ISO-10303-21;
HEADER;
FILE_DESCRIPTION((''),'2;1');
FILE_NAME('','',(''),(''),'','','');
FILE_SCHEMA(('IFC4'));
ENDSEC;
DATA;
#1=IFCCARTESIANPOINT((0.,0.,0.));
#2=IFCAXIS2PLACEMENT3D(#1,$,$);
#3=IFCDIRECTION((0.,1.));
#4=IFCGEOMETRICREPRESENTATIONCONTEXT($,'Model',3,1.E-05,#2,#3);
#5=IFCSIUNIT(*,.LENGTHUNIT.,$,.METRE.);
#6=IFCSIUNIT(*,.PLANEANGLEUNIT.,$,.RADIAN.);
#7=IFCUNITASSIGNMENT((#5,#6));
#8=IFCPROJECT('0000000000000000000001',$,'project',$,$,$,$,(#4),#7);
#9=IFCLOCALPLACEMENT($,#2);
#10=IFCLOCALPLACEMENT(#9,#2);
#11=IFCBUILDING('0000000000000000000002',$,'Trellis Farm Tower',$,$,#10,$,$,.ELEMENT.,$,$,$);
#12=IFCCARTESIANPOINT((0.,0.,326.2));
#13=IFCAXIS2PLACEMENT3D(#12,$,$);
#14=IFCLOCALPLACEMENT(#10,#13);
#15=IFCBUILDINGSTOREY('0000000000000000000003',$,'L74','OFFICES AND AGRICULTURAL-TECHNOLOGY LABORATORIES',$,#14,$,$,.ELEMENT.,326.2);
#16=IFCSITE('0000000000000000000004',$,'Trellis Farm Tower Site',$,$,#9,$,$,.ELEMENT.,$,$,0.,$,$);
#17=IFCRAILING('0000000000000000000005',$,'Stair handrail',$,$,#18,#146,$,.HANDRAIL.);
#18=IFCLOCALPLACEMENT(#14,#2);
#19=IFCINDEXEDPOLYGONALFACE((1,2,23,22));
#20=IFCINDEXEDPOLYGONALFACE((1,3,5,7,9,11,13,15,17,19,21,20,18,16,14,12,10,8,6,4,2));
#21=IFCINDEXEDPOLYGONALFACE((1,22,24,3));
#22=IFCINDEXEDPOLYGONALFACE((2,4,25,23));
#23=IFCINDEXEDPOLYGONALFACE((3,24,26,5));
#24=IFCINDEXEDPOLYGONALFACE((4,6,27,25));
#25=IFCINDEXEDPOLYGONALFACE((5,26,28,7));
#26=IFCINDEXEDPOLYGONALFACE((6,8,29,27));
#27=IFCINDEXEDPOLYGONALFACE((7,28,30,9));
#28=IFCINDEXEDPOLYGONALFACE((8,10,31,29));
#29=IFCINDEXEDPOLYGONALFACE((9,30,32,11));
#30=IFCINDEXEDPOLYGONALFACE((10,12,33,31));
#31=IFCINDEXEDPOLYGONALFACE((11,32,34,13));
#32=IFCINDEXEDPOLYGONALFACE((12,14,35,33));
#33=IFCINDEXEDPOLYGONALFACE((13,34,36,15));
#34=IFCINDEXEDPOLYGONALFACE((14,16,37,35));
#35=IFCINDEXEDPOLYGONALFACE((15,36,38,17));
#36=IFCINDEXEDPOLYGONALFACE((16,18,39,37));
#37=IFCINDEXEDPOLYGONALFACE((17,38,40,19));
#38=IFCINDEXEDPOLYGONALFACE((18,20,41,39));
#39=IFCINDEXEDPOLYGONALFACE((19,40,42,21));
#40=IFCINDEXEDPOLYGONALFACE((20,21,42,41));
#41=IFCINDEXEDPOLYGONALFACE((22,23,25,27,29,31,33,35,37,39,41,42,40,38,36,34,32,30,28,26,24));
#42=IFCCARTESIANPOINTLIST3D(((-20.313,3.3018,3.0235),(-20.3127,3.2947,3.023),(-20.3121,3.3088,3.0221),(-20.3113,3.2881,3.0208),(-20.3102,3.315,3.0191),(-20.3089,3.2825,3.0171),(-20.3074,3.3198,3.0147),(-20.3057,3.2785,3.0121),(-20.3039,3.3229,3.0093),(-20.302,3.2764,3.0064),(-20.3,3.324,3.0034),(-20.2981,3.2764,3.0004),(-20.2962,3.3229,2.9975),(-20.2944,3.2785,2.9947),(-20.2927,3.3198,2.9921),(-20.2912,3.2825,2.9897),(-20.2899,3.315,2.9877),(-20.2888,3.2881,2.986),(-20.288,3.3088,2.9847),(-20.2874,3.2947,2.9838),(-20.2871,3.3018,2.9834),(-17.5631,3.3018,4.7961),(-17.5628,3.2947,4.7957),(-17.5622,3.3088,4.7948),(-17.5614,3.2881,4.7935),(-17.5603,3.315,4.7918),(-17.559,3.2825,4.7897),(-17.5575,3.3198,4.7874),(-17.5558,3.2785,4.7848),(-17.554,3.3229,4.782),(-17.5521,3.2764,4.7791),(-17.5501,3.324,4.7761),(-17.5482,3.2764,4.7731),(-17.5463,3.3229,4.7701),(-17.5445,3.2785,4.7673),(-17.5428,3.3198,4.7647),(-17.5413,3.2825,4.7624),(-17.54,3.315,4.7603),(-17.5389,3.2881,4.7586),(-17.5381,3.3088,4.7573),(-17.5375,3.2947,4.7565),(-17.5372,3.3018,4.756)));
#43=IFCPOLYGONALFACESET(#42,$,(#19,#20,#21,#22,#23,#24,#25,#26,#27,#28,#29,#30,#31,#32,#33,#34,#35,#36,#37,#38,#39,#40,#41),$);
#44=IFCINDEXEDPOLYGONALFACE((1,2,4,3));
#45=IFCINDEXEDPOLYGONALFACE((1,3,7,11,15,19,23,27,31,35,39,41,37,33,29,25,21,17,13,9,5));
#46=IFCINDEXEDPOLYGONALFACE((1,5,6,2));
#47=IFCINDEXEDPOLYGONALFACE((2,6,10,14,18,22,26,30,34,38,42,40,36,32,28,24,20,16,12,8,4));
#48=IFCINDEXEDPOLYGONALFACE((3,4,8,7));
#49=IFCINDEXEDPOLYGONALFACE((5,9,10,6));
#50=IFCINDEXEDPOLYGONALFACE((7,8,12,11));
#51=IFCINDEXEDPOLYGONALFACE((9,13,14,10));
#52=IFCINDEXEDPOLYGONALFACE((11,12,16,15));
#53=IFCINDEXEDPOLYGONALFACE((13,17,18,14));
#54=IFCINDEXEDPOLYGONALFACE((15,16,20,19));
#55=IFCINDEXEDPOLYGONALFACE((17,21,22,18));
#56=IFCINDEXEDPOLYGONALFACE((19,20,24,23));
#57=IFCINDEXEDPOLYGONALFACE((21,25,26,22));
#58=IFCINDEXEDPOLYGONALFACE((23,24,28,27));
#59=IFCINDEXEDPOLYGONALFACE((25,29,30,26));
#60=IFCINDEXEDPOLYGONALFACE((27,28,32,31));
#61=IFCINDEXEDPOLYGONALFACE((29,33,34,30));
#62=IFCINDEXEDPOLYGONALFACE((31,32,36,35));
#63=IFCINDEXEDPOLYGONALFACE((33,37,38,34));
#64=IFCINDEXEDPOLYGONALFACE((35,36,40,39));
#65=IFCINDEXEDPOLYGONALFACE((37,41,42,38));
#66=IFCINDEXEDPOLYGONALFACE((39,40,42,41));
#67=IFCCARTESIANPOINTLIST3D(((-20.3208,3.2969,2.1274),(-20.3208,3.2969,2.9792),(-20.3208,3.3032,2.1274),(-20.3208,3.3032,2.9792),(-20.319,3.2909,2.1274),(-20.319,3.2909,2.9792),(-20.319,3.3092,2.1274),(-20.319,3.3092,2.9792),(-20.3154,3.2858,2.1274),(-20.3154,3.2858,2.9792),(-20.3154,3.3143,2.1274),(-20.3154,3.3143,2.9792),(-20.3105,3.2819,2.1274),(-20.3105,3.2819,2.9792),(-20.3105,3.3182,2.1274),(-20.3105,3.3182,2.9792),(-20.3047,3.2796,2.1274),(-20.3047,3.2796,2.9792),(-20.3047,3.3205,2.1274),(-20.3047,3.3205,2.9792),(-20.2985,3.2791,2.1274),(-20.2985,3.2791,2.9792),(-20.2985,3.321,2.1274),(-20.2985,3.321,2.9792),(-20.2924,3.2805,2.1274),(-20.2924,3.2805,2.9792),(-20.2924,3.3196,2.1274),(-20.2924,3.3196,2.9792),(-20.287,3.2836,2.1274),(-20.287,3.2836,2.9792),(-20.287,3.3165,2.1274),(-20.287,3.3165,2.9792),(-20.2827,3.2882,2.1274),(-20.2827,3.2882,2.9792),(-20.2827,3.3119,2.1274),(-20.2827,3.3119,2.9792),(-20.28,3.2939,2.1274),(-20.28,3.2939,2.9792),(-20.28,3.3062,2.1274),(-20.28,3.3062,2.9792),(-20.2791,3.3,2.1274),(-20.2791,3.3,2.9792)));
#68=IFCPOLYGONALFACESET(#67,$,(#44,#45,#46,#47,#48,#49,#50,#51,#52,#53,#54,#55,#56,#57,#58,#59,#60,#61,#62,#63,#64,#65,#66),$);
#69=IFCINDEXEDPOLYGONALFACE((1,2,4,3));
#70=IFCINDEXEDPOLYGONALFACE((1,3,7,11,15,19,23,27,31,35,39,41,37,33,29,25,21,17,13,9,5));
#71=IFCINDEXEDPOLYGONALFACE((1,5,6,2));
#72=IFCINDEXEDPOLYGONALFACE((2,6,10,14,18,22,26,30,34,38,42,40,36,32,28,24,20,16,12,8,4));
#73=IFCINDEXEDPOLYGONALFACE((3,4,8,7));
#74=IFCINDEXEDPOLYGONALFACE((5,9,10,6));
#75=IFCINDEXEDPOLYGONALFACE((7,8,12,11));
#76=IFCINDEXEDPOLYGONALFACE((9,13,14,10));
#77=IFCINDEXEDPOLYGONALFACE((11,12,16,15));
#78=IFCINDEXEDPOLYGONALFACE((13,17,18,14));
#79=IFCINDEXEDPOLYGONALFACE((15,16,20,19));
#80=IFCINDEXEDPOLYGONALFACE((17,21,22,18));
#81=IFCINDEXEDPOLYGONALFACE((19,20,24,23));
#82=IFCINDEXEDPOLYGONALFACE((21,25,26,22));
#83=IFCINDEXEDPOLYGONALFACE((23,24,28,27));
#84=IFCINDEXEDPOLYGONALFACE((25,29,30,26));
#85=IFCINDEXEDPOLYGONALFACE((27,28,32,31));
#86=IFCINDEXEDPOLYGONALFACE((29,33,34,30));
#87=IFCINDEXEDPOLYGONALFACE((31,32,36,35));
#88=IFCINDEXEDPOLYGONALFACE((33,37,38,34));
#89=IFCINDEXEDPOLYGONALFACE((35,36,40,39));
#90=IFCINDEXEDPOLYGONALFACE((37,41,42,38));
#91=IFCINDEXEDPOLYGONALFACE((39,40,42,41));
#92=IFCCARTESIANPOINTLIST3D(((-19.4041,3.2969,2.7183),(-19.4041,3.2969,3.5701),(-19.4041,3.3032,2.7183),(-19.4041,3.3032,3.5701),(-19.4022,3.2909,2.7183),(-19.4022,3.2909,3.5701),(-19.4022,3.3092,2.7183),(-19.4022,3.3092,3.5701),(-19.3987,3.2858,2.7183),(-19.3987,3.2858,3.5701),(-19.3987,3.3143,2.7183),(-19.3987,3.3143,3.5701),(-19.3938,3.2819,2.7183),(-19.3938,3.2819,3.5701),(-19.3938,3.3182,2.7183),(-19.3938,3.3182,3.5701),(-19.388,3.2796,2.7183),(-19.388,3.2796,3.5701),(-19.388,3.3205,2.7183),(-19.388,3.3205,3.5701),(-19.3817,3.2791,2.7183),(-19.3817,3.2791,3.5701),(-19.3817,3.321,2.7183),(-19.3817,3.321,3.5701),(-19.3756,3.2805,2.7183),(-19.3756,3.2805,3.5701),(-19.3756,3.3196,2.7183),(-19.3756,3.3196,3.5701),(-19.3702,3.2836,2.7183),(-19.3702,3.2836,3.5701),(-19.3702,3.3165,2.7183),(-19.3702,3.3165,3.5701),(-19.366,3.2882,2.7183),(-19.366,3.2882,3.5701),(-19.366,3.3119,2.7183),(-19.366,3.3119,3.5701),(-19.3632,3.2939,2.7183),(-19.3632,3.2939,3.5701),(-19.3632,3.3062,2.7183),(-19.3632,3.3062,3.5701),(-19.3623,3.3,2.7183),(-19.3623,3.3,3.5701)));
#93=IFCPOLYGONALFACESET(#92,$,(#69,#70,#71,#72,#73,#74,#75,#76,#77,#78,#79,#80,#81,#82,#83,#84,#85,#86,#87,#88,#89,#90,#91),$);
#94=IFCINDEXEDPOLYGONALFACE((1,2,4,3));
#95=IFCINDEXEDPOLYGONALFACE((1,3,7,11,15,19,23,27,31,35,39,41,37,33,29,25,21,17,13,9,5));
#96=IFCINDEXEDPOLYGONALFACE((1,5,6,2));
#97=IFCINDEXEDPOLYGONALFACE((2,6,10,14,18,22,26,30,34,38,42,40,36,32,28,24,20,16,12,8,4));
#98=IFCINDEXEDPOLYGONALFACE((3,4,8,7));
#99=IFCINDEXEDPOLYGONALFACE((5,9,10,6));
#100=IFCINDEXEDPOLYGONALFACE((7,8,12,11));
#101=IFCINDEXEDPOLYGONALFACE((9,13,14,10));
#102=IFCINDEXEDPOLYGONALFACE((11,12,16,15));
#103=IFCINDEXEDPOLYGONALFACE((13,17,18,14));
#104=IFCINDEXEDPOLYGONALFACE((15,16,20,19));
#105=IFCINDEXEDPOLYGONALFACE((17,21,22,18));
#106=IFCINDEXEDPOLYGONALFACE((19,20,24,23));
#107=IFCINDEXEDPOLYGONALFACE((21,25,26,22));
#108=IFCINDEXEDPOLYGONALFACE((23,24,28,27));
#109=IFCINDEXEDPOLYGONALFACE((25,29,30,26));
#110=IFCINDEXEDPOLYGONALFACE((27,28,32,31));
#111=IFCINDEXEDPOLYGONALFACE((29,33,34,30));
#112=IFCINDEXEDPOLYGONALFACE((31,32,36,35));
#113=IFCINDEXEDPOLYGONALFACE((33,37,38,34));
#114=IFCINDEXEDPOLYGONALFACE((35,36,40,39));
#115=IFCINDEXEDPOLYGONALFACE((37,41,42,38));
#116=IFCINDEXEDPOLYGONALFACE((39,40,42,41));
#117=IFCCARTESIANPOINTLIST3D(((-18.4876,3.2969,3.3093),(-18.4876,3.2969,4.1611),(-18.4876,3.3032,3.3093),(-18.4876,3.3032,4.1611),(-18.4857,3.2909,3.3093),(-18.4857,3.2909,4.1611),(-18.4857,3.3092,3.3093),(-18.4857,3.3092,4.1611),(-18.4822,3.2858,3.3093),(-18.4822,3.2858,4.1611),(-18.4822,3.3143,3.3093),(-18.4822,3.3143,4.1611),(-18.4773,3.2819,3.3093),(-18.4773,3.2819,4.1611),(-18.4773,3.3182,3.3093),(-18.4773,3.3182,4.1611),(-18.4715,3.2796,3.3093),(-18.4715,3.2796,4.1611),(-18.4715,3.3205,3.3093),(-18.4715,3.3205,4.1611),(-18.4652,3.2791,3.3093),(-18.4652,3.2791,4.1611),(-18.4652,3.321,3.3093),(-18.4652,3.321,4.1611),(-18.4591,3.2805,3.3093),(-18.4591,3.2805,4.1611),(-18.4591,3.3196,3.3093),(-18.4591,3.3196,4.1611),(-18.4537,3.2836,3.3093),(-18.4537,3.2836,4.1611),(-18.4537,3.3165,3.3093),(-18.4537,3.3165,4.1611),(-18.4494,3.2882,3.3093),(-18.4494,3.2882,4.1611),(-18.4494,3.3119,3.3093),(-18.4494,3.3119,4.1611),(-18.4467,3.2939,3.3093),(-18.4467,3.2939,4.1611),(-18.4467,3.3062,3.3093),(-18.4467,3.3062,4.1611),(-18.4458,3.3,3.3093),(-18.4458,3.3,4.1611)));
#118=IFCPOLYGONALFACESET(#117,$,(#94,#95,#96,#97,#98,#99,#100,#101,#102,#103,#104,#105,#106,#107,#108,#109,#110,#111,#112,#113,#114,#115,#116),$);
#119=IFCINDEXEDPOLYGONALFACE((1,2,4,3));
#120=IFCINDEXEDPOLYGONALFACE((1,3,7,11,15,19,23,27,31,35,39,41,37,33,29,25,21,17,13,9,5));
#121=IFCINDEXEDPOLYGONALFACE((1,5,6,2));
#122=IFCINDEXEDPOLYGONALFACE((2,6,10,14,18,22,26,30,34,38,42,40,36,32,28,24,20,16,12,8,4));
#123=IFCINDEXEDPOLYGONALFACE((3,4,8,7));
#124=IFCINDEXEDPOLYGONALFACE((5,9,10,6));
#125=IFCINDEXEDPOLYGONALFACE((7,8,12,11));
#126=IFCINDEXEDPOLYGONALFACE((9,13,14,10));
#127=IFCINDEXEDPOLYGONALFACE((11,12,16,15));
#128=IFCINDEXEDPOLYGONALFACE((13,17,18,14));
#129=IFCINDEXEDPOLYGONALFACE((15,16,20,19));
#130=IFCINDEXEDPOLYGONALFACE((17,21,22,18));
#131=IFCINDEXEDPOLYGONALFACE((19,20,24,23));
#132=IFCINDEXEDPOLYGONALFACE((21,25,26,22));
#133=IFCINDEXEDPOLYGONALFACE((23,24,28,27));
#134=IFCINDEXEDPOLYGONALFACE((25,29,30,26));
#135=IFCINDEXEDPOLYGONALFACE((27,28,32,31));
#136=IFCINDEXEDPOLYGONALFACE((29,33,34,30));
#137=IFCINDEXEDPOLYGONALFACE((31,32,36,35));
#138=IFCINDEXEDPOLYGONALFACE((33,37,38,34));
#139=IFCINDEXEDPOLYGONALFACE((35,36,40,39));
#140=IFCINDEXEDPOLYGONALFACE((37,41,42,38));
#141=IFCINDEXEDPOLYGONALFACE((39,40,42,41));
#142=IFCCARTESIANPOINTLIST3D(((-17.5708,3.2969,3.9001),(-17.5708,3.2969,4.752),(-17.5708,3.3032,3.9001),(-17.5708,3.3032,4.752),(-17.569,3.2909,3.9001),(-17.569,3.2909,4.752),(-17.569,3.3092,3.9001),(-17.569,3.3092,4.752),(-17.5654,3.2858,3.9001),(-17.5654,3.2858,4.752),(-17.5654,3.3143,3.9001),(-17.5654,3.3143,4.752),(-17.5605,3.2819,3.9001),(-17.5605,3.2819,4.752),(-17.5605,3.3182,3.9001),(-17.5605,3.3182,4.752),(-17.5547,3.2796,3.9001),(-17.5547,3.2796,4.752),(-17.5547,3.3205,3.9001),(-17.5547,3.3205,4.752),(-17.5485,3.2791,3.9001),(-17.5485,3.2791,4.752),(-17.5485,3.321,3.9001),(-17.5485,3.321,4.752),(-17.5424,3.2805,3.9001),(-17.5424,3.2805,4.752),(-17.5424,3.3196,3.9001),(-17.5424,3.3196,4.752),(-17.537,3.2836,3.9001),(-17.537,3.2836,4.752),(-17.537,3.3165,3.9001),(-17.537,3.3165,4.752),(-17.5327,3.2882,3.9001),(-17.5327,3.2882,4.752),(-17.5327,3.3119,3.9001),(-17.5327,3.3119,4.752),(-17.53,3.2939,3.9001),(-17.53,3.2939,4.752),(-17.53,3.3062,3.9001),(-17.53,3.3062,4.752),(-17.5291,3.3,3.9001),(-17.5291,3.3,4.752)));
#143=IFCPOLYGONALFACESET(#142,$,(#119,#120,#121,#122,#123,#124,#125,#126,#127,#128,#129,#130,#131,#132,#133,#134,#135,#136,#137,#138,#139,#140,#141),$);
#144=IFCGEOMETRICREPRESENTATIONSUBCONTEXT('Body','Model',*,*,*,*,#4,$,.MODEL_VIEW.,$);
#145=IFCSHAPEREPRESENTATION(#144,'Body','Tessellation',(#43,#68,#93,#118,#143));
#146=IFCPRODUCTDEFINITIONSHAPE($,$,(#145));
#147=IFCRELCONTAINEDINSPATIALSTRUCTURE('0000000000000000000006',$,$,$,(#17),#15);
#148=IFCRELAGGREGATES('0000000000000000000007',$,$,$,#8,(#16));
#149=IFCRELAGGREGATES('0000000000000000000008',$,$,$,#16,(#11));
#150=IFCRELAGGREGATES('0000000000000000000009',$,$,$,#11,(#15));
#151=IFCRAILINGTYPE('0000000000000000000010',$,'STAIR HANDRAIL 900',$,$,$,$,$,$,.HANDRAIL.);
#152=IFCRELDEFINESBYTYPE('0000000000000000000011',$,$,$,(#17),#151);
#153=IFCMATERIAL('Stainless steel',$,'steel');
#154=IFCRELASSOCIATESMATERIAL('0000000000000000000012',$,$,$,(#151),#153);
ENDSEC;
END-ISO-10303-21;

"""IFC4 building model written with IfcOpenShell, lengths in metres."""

from ifc_helpers import new_model, si_unit, direction, frame, origin, origin_2d, place, context, subcontext, project, spatial, circle, extrude, source, transform, mapped, material, type_object, element, save


model = new_model("IFC4")

# Units and contexts
model_context = context("Model", 3, precision=1e-05, world=origin(), true_north=direction((0.0, 1.0)))
body_context = subcontext(model_context, "Body", "Model", "MODEL_VIEW")
ifc_project = project(units=[si_unit("LENGTHUNIT", "METRE"), si_unit("PLANEANGLEUNIT", "RADIAN")], contexts=[model_context])

# Site, building, storey
site_placement = place(None, origin())
site = spatial("IfcSite", under=ifc_project, at=site_placement, Name="Trellis Farm Tower Site", CompositionType="ELEMENT", RefElevation=0.0)
building_placement = place(site_placement, origin())
building = spatial("IfcBuilding", under=site, at=building_placement, Name="Trellis Farm Tower", CompositionType="ELEMENT")
storey_placement = place(building_placement, frame((0.0, 0.0, 326.2)))
storey = spatial("IfcBuildingStorey", under=building, at=storey_placement, Name="L74", Description="OFFICES AND AGRICULTURAL-TECHNOLOGY LABORATORIES", CompositionType="ELEMENT", Elevation=326.2)

# Railing
ifc_material_1 = material(Name="Stainless steel", Category="steel")
railing_type = type_object("IfcRailingType", Name="STAIR HANDRAIL 900", PredefinedType="HANDRAIL", material=ifc_material_1)
shared_shape_1 = source(origin(), body_context, "Body", "SweptSolid", [
    extrude(circle(Radius=0.0239, at=origin_2d()), frame((0.0, 0.0, 0.876), z_axis=(0.840504, 0.0, 0.541806), x_axis=(0.0, 1.0, 0.0)), (0.0, 0.0, 1.0), 3.2717),
    extrude(circle(Radius=0.021, at=origin_2d()), origin(), (0.0, 0.0, 1.0), 0.8518),
    extrude(circle(Radius=0.021, at=origin_2d()), frame((0.9167, 0.0, 0.5908)), (0.0, 0.0, 1.0), 0.8518),
    extrude(circle(Radius=0.021, at=origin_2d()), frame((1.8333, 0.0, 1.1819)), (0.0, 0.0, 1.0), 0.8518),
    extrude(circle(Radius=0.021, at=origin_2d()), frame((2.75, 0.0, 1.7727)), (0.0, 0.0, 1.0), 0.8518),
])
for number, where, name in (
    (1, (-20.3, 3.3, 2.1274), "Stair handrail"),
):
    element("IfcRailing", number, at=place(storey_placement, frame(where)), inside=storey, type_object=railing_type, Name=name, PredefinedType="HANDRAIL", context=body_context, shape_type="MappedRepresentation", body=[
        mapped(shared_shape_1, transform((0.0, 0.0, 0.0))),
    ])

save(model, "model.ifc")
